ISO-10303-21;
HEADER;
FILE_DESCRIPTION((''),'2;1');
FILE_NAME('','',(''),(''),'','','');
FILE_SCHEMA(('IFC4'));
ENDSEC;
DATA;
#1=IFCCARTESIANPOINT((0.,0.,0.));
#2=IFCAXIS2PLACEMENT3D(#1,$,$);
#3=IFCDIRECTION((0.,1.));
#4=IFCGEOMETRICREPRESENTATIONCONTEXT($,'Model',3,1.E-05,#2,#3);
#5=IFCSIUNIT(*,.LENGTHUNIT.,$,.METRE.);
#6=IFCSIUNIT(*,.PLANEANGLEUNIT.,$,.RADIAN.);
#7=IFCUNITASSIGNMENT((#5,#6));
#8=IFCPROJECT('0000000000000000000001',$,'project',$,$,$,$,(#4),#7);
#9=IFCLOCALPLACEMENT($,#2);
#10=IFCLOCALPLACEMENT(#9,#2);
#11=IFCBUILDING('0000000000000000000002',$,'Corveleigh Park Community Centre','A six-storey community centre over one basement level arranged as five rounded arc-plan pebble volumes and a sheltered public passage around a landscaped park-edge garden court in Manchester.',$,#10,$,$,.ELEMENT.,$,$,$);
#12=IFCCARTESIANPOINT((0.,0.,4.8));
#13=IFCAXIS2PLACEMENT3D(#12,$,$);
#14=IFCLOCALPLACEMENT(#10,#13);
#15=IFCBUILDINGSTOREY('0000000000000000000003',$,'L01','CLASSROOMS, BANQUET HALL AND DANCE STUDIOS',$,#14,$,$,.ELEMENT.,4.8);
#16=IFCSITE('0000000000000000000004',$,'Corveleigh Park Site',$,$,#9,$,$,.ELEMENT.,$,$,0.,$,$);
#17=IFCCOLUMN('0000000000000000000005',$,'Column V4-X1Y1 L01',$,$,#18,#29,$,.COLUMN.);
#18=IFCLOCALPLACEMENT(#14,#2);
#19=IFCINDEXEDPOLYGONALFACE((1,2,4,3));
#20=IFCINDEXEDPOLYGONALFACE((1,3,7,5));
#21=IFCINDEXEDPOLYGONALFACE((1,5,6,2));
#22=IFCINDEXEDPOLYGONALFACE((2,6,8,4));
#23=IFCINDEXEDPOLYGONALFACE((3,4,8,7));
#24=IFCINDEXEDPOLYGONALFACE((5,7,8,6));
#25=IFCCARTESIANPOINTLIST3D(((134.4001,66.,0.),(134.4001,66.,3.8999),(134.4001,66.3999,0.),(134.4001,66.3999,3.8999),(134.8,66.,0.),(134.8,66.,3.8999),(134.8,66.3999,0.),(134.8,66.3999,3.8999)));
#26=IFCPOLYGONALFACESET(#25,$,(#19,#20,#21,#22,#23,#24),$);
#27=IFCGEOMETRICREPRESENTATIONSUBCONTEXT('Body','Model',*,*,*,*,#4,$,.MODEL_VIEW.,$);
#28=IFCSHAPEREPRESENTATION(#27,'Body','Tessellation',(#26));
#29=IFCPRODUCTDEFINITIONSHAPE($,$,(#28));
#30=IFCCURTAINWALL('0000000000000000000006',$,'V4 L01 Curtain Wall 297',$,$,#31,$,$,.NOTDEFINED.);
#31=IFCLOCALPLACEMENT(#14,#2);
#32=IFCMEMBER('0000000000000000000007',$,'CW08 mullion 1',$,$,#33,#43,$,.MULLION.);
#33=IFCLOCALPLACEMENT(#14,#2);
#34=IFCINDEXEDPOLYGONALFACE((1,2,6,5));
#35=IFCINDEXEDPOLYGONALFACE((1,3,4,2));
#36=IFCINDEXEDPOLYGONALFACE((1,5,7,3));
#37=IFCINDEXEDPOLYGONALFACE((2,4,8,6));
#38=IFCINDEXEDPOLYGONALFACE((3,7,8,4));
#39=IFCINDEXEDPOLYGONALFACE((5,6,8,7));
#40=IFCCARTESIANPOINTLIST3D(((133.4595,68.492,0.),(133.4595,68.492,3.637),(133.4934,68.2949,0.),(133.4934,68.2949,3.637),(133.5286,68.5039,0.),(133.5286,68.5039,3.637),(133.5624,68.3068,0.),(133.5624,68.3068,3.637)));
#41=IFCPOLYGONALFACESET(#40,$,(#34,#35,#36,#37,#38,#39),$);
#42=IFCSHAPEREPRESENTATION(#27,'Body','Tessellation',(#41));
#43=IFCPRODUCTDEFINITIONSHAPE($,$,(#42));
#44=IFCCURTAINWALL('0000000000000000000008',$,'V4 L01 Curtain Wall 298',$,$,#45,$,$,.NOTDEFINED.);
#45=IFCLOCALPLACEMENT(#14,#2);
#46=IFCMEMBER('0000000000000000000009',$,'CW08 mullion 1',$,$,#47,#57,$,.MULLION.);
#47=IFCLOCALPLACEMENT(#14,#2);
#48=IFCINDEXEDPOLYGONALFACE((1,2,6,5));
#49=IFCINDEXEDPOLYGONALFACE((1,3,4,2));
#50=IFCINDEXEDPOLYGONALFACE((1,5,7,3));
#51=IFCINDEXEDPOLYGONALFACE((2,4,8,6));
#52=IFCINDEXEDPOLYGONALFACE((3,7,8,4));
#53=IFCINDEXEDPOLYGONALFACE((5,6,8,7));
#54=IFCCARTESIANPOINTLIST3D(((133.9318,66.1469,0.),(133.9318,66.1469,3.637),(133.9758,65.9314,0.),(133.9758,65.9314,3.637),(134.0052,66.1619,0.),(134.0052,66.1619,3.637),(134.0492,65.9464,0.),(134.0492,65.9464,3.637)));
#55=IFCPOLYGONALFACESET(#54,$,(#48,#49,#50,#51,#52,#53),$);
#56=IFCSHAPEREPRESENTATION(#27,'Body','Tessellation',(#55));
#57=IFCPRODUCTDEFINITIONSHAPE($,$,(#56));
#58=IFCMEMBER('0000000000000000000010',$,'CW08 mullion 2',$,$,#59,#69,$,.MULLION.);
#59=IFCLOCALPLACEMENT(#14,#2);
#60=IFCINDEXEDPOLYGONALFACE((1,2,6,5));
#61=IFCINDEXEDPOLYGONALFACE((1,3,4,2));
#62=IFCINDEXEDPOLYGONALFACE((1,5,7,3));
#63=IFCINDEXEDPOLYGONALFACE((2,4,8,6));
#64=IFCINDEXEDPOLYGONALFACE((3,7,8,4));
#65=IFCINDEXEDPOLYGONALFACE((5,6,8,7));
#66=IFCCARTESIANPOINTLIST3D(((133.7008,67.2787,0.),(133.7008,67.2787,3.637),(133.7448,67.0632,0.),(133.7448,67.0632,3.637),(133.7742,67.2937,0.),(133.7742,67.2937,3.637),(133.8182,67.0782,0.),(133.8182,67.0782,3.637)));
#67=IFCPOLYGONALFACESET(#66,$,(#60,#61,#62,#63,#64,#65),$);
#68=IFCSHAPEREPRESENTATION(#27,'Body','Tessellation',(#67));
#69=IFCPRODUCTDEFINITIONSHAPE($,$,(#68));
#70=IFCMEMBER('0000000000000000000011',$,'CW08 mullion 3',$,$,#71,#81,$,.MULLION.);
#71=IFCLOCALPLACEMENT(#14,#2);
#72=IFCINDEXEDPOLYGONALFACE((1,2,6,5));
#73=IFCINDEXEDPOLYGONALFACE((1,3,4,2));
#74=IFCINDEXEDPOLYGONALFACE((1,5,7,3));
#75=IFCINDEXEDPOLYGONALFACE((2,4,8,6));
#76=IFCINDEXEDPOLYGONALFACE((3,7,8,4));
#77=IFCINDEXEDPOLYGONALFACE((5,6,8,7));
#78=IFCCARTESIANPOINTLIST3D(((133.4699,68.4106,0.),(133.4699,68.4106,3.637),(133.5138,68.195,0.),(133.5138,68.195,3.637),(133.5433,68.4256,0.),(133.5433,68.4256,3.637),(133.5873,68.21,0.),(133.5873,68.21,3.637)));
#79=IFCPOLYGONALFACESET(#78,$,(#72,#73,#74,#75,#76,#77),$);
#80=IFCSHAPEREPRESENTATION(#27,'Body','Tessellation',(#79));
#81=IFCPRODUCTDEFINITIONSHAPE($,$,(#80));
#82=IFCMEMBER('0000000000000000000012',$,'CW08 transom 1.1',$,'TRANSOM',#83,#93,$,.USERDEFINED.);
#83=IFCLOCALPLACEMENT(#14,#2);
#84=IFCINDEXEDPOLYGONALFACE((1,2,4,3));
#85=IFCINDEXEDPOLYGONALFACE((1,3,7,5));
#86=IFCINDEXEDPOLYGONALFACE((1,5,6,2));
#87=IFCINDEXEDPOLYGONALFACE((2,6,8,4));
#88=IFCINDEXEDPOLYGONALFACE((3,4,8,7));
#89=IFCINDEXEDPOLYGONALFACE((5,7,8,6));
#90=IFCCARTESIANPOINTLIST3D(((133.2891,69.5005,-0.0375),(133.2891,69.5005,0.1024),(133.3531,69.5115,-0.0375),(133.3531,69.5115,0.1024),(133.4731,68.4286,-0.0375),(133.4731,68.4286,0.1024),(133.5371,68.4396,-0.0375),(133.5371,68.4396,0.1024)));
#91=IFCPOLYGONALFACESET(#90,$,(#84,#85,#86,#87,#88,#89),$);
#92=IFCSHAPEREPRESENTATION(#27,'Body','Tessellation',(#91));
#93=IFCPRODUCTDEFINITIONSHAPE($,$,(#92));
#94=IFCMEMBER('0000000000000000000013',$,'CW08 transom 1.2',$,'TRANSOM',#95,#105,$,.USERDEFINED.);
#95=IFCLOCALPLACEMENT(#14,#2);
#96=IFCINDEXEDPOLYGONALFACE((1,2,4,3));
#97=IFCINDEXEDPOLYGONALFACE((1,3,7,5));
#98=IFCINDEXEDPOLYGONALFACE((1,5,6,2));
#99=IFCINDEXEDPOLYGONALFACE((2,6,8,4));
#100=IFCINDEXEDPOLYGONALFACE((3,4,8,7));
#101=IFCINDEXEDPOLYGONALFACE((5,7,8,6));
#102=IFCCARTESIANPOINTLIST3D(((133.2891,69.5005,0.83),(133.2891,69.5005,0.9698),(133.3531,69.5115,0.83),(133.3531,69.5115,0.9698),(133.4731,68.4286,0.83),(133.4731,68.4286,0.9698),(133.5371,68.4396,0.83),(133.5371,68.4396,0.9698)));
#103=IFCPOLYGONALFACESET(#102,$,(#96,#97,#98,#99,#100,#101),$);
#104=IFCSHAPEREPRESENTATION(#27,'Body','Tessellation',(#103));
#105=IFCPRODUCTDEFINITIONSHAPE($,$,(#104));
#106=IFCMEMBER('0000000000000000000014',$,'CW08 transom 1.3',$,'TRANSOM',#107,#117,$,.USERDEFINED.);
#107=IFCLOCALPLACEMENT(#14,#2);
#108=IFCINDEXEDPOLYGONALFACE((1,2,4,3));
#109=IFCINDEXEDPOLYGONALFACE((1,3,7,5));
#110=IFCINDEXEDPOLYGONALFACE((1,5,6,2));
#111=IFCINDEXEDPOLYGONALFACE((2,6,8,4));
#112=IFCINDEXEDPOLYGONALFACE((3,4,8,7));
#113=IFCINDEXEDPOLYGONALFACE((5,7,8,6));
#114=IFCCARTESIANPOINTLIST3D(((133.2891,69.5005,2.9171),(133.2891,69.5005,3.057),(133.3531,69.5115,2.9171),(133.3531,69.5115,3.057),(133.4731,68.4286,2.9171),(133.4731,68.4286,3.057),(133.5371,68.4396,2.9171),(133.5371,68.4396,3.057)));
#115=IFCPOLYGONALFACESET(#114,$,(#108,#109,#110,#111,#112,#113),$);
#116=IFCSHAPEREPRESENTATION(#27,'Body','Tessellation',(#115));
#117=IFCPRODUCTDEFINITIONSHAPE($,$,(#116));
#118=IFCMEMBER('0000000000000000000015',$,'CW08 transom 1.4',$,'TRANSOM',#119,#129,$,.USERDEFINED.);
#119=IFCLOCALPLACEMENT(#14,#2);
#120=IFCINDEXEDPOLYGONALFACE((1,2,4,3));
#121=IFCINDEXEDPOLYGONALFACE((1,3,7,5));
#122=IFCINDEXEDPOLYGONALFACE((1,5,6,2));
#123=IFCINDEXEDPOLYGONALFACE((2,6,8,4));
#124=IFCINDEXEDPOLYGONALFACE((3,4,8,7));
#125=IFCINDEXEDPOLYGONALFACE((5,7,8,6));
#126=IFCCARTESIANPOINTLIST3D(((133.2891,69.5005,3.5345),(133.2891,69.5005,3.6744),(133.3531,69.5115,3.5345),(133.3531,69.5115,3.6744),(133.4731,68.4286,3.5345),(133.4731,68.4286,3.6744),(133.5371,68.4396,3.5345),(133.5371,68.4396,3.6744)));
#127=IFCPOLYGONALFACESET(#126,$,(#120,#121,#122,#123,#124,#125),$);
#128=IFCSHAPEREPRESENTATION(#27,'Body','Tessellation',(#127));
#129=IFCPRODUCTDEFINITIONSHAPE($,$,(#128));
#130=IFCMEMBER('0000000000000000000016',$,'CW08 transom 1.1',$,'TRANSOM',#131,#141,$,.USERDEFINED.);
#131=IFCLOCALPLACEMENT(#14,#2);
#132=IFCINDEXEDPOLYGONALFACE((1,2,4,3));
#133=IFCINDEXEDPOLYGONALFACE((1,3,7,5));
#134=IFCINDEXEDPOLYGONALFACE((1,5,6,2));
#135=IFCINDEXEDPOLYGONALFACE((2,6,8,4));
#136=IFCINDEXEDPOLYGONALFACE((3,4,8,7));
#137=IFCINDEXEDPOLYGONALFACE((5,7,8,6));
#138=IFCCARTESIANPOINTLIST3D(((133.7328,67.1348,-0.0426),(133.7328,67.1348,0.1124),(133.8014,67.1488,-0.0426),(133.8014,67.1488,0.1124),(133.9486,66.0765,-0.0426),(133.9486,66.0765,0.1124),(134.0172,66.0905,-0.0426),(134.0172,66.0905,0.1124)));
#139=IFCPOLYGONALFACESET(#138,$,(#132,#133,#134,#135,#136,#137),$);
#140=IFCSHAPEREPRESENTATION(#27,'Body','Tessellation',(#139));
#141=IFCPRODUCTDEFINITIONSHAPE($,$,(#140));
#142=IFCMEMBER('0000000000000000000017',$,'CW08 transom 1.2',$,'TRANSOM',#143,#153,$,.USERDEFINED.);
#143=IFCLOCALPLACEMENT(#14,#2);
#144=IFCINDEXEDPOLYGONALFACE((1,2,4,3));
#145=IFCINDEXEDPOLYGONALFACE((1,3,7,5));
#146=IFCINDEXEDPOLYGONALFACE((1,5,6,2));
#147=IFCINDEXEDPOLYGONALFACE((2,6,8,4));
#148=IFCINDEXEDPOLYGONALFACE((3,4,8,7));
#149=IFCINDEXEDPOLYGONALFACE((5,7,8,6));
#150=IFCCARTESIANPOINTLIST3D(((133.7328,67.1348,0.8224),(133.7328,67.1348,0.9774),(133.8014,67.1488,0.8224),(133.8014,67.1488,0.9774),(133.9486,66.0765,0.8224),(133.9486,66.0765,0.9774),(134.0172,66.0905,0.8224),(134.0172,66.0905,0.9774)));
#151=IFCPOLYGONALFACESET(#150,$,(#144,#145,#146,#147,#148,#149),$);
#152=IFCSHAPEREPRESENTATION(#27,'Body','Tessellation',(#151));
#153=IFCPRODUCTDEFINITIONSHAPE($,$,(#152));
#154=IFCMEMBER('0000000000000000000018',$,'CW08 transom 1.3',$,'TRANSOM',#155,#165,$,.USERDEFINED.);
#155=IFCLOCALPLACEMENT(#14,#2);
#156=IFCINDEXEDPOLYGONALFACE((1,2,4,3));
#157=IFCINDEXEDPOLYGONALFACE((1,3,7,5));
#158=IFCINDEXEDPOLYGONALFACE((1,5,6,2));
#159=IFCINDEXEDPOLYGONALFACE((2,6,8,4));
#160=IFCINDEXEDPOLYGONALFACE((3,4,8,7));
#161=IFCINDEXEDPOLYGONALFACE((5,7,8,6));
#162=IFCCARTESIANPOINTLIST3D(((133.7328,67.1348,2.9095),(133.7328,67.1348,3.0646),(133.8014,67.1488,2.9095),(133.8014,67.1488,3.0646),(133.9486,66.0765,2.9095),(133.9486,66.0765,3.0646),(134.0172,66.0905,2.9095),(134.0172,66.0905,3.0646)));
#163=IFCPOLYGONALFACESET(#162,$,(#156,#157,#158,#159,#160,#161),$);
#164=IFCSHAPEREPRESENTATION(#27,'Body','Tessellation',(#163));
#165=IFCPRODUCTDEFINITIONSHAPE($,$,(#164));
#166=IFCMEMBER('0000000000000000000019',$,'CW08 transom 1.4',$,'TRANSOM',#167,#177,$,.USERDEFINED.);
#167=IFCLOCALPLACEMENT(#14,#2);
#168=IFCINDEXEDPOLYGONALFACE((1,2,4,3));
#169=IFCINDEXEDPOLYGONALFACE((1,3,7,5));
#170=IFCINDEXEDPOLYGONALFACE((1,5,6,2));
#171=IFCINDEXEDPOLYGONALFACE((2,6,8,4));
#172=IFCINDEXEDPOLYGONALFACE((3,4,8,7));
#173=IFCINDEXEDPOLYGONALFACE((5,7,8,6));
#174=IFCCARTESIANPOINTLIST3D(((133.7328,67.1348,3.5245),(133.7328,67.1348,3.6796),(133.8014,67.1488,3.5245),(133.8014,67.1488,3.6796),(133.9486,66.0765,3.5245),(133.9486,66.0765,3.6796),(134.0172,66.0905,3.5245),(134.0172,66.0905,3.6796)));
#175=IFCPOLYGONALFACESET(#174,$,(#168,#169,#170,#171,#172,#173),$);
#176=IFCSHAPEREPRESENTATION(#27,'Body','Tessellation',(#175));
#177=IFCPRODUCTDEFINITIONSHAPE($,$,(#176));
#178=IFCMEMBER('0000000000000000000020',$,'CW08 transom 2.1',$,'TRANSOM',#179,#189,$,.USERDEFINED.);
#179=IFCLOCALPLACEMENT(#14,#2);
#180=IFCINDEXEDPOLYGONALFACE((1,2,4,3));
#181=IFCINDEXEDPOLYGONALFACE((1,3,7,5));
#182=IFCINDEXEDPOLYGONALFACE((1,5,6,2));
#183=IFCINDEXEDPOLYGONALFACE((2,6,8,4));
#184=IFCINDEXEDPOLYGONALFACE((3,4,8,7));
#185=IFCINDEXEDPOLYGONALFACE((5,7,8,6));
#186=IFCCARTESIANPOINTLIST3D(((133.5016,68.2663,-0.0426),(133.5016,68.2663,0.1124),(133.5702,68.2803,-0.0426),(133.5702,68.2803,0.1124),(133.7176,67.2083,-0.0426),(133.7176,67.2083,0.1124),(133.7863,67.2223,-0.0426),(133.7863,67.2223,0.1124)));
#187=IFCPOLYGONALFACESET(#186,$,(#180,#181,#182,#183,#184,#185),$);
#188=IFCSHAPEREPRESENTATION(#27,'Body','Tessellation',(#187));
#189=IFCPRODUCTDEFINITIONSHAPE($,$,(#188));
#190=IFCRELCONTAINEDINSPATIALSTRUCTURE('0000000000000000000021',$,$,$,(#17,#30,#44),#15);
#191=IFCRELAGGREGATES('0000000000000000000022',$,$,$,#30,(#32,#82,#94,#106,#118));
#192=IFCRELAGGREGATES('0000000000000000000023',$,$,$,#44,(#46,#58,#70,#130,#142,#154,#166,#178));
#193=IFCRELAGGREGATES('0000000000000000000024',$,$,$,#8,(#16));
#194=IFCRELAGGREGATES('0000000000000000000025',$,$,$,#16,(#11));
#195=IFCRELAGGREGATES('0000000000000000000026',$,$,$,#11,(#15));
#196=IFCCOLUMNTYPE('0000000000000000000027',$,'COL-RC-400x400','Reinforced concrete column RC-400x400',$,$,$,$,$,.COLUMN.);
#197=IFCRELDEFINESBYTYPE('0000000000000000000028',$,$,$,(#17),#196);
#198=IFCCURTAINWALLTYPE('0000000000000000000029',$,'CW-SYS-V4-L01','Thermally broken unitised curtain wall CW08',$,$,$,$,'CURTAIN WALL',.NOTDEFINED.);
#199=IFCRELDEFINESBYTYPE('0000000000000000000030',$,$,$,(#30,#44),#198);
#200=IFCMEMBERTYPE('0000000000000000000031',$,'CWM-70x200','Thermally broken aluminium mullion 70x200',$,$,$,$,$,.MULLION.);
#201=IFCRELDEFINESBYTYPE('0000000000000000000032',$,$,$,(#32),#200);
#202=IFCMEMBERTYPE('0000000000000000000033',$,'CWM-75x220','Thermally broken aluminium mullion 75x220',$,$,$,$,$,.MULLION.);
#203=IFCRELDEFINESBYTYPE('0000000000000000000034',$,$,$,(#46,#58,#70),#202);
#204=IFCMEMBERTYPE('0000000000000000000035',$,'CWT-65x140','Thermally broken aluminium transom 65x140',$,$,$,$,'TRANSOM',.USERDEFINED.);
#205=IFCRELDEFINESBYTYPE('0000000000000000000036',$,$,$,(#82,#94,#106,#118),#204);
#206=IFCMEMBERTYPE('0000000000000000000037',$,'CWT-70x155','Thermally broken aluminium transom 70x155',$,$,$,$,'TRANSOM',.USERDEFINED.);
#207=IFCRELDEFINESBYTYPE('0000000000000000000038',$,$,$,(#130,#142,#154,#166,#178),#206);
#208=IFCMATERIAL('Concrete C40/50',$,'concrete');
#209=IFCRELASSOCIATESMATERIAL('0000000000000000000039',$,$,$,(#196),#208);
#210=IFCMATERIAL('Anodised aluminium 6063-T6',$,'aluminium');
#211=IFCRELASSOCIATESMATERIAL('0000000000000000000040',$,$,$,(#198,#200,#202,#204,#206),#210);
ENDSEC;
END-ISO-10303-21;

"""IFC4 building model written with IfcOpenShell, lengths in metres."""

from ifc_helpers import new_model, si_unit, direction, frame, origin, origin_2d, place, context, subcontext, project, spatial, rectangle, extrude, material, material_profile, profile_set, type_object, element, aggregate, save


model = new_model("IFC4")

# Units and contexts
model_context = context("Model", 3, precision=1e-05, world=origin(), true_north=direction((0.0, 1.0)))
body_context = subcontext(model_context, "Body", "Model", "MODEL_VIEW")
ifc_project = project(units=[si_unit("LENGTHUNIT", "METRE"), si_unit("PLANEANGLEUNIT", "RADIAN")], contexts=[model_context])

# Site, building, storey
site_placement = place(None, origin())
site = spatial("IfcSite", under=ifc_project, at=site_placement, Name="Corveleigh Park Site", CompositionType="ELEMENT", RefElevation=0.0)
building_placement = place(site_placement, origin())
building = spatial("IfcBuilding", under=site, at=building_placement, Name="Corveleigh Park Community Centre", Description="A six-storey community centre over one basement level arranged as five rounded arc-plan pebble volumes and a sheltered public passage around a landscaped park-edge garden court in Manchester.", CompositionType="ELEMENT")
storey_placement = place(building_placement, frame((0.0, 0.0, 4.8)))
storey = spatial("IfcBuildingStorey", under=building, at=storey_placement, Name="L01", Description="CLASSROOMS, BANQUET HALL AND DANCE STUDIOS", CompositionType="ELEMENT", Elevation=4.8)

# Column
ifc_material_1 = material(Name="Concrete C40/50", Category="concrete")
ifc_material_profile_1 = material_profile(ifc_material_1, rectangle(XDim=0.3999, YDim=0.3999, at=origin_2d()), Name="RC-400x400", Category="concrete")
ifc_profile_set_1 = profile_set([ifc_material_profile_1], Name="Concrete C40/50")
column_type = type_object("IfcColumnType", Name="COL-RC-400x400", Description="Reinforced concrete column RC-400x400", PredefinedType="COLUMN", material=ifc_profile_set_1)
column_placement = place(storey_placement, frame((134.6001, 66.2, 0.0), z_axis=(0.0, 0.0, 1.0), x_axis=(1.0, 0.0, 0.0)))
element("IfcColumn", 1, at=column_placement, inside=storey, type_object=column_type, Name="Column V4-X1Y1 L01", PredefinedType="COLUMN", context=body_context, shape_type="SweptSolid", body=[
    extrude(rectangle(XDim=0.3999, YDim=0.3999, at=origin_2d()), origin(), (0.0, 0.0, 1.0), 3.8999),
])

# Curtain wall, member
ifc_material_2 = material(Name="Anodised aluminium 6063-T6", Category="aluminium")
curtain_wall_type = type_object("IfcCurtainWallType", Name="CW-SYS-V4-L01", Description="Thermally broken unitised curtain wall CW08", ElementType="CURTAIN WALL", PredefinedType="NOTDEFINED", material=ifc_material_2)
curtain_wall_1_placement = place(storey_placement, origin())
curtain_wall_1 = element("IfcCurtainWall", 2, at=curtain_wall_1_placement, inside=storey, type_object=curtain_wall_type, Name="V4 L01 Curtain Wall 297", PredefinedType="NOTDEFINED")
ifc_material_profile_2 = material_profile(ifc_material_2, rectangle(XDim=0.0701, YDim=0.2, at=origin_2d()), Name="ALU-M70x200", Category="aluminium")
ifc_profile_set_2 = profile_set([ifc_material_profile_2], Name="Anodised aluminium 6063-T6")
member_type_1 = type_object("IfcMemberType", Name="CWM-70x200", Description="Thermally broken aluminium mullion 70x200", PredefinedType="MULLION", material=ifc_profile_set_2)
member_1_placement = place(storey_placement, frame((133.511, 68.3994, 0.0), z_axis=(0.0, 0.0, 1.0), x_axis=(-0.985554, -0.169359, 0.0)))
member_1 = element("IfcMember", 3, at=member_1_placement, type_object=member_type_1, Name="CW08 mullion 1", PredefinedType="MULLION", context=body_context, shape_type="SweptSolid", body=[
    extrude(rectangle(XDim=0.0701, YDim=0.2, at=origin_2d()), origin(), (0.0, 0.0, 1.0), 3.637),
])

# Curtain wall, members
curtain_wall_2_placement = place(storey_placement, origin())
curtain_wall_2 = element("IfcCurtainWall", 4, at=curtain_wall_2_placement, inside=storey, type_object=curtain_wall_type, Name="V4 L01 Curtain Wall 298", PredefinedType="NOTDEFINED")
ifc_material_profile_3 = material_profile(ifc_material_2, rectangle(XDim=0.075, YDim=0.22, at=origin_2d()), Name="ALU-M75x220", Category="aluminium")
ifc_profile_set_3 = profile_set([ifc_material_profile_3], Name="Anodised aluminium 6063-T6")
member_type_2 = type_object("IfcMemberType", Name="CWM-75x220", Description="Thermally broken aluminium mullion 75x220", PredefinedType="MULLION", material=ifc_profile_set_3)
member_2_placement = place(storey_placement, frame((133.9905, 66.0466, 0.0), z_axis=(0.0, 0.0, 1.0), x_axis=(-0.979799, -0.199985, 0.0)))
member_2 = element("IfcMember", 5, at=member_2_placement, type_object=member_type_2, Name="CW08 mullion 1", PredefinedType="MULLION", context=body_context, shape_type="SweptSolid", body=[
    extrude(rectangle(XDim=0.075, YDim=0.22, at=origin_2d()), origin(), (0.0, 0.0, 1.0), 3.637),
])
member_3_placement = place(storey_placement, frame((133.7595, 67.1785, 0.0), z_axis=(0.0, 0.0, 1.0), x_axis=(-0.979799, -0.199985, 0.0)))
member_3 = element("IfcMember", 6, at=member_3_placement, type_object=member_type_2, Name="CW08 mullion 2", PredefinedType="MULLION", context=body_context, shape_type="SweptSolid", body=[
    extrude(rectangle(XDim=0.075, YDim=0.22, at=origin_2d()), origin(), (0.0, 0.0, 1.0), 3.637),
])
member_4_placement = place(storey_placement, frame((133.5286, 68.3103, 0.0), z_axis=(0.0, 0.0, 1.0), x_axis=(-0.979799, -0.199985, 0.0)))
member_4 = element("IfcMember", 7, at=member_4_placement, type_object=member_type_2, Name="CW08 mullion 3", PredefinedType="MULLION", context=body_context, shape_type="SweptSolid", body=[
    extrude(rectangle(XDim=0.075, YDim=0.22, at=origin_2d()), origin(), (0.0, 0.0, 1.0), 3.637),
])

# Members
ifc_material_profile_4 = material_profile(ifc_material_2, rectangle(XDim=0.0649, YDim=0.1399, at=origin_2d()), Name="ALU-T65x140", Category="aluminium")
ifc_profile_set_4 = profile_set([ifc_material_profile_4], Name="Anodised aluminium 6063-T6")
member_type_3 = type_object("IfcMemberType", Name="CWT-65x140", Description="Thermally broken aluminium transom 65x140", ElementType="TRANSOM", PredefinedType="USERDEFINED", material=ifc_profile_set_4)
member_5_placement = place(storey_placement, frame((133.5051, 68.4341, 0.0325), z_axis=(-0.169238, 0.985575, 0.0), x_axis=(-0.985575, -0.169238, 0.0)))
member_5 = element("IfcMember", 8, at=member_5_placement, type_object=member_type_3, Name="CW08 transom 1.1", ObjectType="TRANSOM", PredefinedType="USERDEFINED", context=body_context, shape_type="SweptSolid", body=[
    extrude(rectangle(XDim=0.0649, YDim=0.1399, at=origin_2d()), origin(), (0.0, 0.0, 1.0), 1.0876),
])
member_6_placement = place(storey_placement, frame((133.5051, 68.4341, 0.8999), z_axis=(-0.169238, 0.985575, 0.0), x_axis=(-0.985575, -0.169238, 0.0)))
member_6 = element("IfcMember", 9, at=member_6_placement, type_object=member_type_3, Name="CW08 transom 1.2", ObjectType="TRANSOM", PredefinedType="USERDEFINED", context=body_context, shape_type="SweptSolid", body=[
    extrude(rectangle(XDim=0.0649, YDim=0.1399, at=origin_2d()), origin(), (0.0, 0.0, 1.0), 1.0876),
])
member_7_placement = place(storey_placement, frame((133.5051, 68.4341, 2.9871), z_axis=(-0.169238, 0.985575, 0.0), x_axis=(-0.985575, -0.169238, 0.0)))
member_7 = element("IfcMember", 10, at=member_7_placement, type_object=member_type_3, Name="CW08 transom 1.3", ObjectType="TRANSOM", PredefinedType="USERDEFINED", context=body_context, shape_type="SweptSolid", body=[
    extrude(rectangle(XDim=0.0649, YDim=0.1399, at=origin_2d()), origin(), (0.0, 0.0, 1.0), 1.0876),
])
member_8_placement = place(storey_placement, frame((133.5051, 68.4341, 3.6045), z_axis=(-0.169238, 0.985575, 0.0), x_axis=(-0.985575, -0.169238, 0.0)))
member_8 = element("IfcMember", 11, at=member_8_placement, type_object=member_type_3, Name="CW08 transom 1.4", ObjectType="TRANSOM", PredefinedType="USERDEFINED", context=body_context, shape_type="SweptSolid", body=[
    extrude(rectangle(XDim=0.0649, YDim=0.1399, at=origin_2d()), origin(), (0.0, 0.0, 1.0), 1.0876),
])
ifc_material_profile_5 = material_profile(ifc_material_2, rectangle(XDim=0.0701, YDim=0.155, at=origin_2d()), Name="ALU-T70x155", Category="aluminium")
ifc_profile_set_5 = profile_set([ifc_material_profile_5], Name="Anodised aluminium 6063-T6")
member_type_4 = type_object("IfcMemberType", Name="CWT-70x155", Description="Thermally broken aluminium transom 70x155", ElementType="TRANSOM", PredefinedType="USERDEFINED", material=ifc_profile_set_5)
member_9_placement = place(storey_placement, frame((133.9829, 66.0835, 0.0349), z_axis=(-0.199809, 0.979835, 0.0), x_axis=(-0.979835, -0.199809, 0.0)))
member_9 = element("IfcMember", 12, at=member_9_placement, type_object=member_type_4, Name="CW08 transom 1.1", ObjectType="TRANSOM", PredefinedType="USERDEFINED", context=body_context, shape_type="SweptSolid", body=[
    extrude(rectangle(XDim=0.0701, YDim=0.155, at=origin_2d()), origin(), (0.0, 0.0, 1.0), 1.0801),
])
member_10_placement = place(storey_placement, frame((133.9829, 66.0835, 0.8999), z_axis=(-0.199809, 0.979835, 0.0), x_axis=(-0.979835, -0.199809, 0.0)))
member_10 = element("IfcMember", 13, at=member_10_placement, type_object=member_type_4, Name="CW08 transom 1.2", ObjectType="TRANSOM", PredefinedType="USERDEFINED", context=body_context, shape_type="SweptSolid", body=[
    extrude(rectangle(XDim=0.0701, YDim=0.155, at=origin_2d()), origin(), (0.0, 0.0, 1.0), 1.0801),
])
member_11_placement = place(storey_placement, frame((133.9829, 66.0835, 2.9871), z_axis=(-0.199809, 0.979835, 0.0), x_axis=(-0.979835, -0.199809, 0.0)))
member_11 = element("IfcMember", 14, at=member_11_placement, type_object=member_type_4, Name="CW08 transom 1.3", ObjectType="TRANSOM", PredefinedType="USERDEFINED", context=body_context, shape_type="SweptSolid", body=[
    extrude(rectangle(XDim=0.0701, YDim=0.155, at=origin_2d()), origin(), (0.0, 0.0, 1.0), 1.0801),
])
member_12_placement = place(storey_placement, frame((133.9829, 66.0835, 3.6021), z_axis=(-0.199809, 0.979835, 0.0), x_axis=(-0.979835, -0.199809, 0.0)))
member_12 = element("IfcMember", 15, at=member_12_placement, type_object=member_type_4, Name="CW08 transom 1.4", ObjectType="TRANSOM", PredefinedType="USERDEFINED", context=body_context, shape_type="SweptSolid", body=[
    extrude(rectangle(XDim=0.0701, YDim=0.155, at=origin_2d()), origin(), (0.0, 0.0, 1.0), 1.0801),
])
member_13_placement = place(storey_placement, frame((133.752, 67.2153, 0.0349), z_axis=(-0.200071, 0.979781, 0.0), x_axis=(-0.979781, -0.200071, 0.0)))
member_13 = element("IfcMember", 16, at=member_13_placement, type_object=member_type_4, Name="CW08 transom 2.1", ObjectType="TRANSOM", PredefinedType="USERDEFINED", context=body_context, shape_type="SweptSolid", body=[
    extrude(rectangle(XDim=0.0701, YDim=0.155, at=origin_2d()), origin(), (0.0, 0.0, 1.0), 1.0798),
])

aggregate(curtain_wall_1, [member_1, member_5, member_6, member_7, member_8])
aggregate(curtain_wall_2, [member_2, member_3, member_4, member_9, member_10, member_11, member_12, member_13])

save(model, "model.ifc")
